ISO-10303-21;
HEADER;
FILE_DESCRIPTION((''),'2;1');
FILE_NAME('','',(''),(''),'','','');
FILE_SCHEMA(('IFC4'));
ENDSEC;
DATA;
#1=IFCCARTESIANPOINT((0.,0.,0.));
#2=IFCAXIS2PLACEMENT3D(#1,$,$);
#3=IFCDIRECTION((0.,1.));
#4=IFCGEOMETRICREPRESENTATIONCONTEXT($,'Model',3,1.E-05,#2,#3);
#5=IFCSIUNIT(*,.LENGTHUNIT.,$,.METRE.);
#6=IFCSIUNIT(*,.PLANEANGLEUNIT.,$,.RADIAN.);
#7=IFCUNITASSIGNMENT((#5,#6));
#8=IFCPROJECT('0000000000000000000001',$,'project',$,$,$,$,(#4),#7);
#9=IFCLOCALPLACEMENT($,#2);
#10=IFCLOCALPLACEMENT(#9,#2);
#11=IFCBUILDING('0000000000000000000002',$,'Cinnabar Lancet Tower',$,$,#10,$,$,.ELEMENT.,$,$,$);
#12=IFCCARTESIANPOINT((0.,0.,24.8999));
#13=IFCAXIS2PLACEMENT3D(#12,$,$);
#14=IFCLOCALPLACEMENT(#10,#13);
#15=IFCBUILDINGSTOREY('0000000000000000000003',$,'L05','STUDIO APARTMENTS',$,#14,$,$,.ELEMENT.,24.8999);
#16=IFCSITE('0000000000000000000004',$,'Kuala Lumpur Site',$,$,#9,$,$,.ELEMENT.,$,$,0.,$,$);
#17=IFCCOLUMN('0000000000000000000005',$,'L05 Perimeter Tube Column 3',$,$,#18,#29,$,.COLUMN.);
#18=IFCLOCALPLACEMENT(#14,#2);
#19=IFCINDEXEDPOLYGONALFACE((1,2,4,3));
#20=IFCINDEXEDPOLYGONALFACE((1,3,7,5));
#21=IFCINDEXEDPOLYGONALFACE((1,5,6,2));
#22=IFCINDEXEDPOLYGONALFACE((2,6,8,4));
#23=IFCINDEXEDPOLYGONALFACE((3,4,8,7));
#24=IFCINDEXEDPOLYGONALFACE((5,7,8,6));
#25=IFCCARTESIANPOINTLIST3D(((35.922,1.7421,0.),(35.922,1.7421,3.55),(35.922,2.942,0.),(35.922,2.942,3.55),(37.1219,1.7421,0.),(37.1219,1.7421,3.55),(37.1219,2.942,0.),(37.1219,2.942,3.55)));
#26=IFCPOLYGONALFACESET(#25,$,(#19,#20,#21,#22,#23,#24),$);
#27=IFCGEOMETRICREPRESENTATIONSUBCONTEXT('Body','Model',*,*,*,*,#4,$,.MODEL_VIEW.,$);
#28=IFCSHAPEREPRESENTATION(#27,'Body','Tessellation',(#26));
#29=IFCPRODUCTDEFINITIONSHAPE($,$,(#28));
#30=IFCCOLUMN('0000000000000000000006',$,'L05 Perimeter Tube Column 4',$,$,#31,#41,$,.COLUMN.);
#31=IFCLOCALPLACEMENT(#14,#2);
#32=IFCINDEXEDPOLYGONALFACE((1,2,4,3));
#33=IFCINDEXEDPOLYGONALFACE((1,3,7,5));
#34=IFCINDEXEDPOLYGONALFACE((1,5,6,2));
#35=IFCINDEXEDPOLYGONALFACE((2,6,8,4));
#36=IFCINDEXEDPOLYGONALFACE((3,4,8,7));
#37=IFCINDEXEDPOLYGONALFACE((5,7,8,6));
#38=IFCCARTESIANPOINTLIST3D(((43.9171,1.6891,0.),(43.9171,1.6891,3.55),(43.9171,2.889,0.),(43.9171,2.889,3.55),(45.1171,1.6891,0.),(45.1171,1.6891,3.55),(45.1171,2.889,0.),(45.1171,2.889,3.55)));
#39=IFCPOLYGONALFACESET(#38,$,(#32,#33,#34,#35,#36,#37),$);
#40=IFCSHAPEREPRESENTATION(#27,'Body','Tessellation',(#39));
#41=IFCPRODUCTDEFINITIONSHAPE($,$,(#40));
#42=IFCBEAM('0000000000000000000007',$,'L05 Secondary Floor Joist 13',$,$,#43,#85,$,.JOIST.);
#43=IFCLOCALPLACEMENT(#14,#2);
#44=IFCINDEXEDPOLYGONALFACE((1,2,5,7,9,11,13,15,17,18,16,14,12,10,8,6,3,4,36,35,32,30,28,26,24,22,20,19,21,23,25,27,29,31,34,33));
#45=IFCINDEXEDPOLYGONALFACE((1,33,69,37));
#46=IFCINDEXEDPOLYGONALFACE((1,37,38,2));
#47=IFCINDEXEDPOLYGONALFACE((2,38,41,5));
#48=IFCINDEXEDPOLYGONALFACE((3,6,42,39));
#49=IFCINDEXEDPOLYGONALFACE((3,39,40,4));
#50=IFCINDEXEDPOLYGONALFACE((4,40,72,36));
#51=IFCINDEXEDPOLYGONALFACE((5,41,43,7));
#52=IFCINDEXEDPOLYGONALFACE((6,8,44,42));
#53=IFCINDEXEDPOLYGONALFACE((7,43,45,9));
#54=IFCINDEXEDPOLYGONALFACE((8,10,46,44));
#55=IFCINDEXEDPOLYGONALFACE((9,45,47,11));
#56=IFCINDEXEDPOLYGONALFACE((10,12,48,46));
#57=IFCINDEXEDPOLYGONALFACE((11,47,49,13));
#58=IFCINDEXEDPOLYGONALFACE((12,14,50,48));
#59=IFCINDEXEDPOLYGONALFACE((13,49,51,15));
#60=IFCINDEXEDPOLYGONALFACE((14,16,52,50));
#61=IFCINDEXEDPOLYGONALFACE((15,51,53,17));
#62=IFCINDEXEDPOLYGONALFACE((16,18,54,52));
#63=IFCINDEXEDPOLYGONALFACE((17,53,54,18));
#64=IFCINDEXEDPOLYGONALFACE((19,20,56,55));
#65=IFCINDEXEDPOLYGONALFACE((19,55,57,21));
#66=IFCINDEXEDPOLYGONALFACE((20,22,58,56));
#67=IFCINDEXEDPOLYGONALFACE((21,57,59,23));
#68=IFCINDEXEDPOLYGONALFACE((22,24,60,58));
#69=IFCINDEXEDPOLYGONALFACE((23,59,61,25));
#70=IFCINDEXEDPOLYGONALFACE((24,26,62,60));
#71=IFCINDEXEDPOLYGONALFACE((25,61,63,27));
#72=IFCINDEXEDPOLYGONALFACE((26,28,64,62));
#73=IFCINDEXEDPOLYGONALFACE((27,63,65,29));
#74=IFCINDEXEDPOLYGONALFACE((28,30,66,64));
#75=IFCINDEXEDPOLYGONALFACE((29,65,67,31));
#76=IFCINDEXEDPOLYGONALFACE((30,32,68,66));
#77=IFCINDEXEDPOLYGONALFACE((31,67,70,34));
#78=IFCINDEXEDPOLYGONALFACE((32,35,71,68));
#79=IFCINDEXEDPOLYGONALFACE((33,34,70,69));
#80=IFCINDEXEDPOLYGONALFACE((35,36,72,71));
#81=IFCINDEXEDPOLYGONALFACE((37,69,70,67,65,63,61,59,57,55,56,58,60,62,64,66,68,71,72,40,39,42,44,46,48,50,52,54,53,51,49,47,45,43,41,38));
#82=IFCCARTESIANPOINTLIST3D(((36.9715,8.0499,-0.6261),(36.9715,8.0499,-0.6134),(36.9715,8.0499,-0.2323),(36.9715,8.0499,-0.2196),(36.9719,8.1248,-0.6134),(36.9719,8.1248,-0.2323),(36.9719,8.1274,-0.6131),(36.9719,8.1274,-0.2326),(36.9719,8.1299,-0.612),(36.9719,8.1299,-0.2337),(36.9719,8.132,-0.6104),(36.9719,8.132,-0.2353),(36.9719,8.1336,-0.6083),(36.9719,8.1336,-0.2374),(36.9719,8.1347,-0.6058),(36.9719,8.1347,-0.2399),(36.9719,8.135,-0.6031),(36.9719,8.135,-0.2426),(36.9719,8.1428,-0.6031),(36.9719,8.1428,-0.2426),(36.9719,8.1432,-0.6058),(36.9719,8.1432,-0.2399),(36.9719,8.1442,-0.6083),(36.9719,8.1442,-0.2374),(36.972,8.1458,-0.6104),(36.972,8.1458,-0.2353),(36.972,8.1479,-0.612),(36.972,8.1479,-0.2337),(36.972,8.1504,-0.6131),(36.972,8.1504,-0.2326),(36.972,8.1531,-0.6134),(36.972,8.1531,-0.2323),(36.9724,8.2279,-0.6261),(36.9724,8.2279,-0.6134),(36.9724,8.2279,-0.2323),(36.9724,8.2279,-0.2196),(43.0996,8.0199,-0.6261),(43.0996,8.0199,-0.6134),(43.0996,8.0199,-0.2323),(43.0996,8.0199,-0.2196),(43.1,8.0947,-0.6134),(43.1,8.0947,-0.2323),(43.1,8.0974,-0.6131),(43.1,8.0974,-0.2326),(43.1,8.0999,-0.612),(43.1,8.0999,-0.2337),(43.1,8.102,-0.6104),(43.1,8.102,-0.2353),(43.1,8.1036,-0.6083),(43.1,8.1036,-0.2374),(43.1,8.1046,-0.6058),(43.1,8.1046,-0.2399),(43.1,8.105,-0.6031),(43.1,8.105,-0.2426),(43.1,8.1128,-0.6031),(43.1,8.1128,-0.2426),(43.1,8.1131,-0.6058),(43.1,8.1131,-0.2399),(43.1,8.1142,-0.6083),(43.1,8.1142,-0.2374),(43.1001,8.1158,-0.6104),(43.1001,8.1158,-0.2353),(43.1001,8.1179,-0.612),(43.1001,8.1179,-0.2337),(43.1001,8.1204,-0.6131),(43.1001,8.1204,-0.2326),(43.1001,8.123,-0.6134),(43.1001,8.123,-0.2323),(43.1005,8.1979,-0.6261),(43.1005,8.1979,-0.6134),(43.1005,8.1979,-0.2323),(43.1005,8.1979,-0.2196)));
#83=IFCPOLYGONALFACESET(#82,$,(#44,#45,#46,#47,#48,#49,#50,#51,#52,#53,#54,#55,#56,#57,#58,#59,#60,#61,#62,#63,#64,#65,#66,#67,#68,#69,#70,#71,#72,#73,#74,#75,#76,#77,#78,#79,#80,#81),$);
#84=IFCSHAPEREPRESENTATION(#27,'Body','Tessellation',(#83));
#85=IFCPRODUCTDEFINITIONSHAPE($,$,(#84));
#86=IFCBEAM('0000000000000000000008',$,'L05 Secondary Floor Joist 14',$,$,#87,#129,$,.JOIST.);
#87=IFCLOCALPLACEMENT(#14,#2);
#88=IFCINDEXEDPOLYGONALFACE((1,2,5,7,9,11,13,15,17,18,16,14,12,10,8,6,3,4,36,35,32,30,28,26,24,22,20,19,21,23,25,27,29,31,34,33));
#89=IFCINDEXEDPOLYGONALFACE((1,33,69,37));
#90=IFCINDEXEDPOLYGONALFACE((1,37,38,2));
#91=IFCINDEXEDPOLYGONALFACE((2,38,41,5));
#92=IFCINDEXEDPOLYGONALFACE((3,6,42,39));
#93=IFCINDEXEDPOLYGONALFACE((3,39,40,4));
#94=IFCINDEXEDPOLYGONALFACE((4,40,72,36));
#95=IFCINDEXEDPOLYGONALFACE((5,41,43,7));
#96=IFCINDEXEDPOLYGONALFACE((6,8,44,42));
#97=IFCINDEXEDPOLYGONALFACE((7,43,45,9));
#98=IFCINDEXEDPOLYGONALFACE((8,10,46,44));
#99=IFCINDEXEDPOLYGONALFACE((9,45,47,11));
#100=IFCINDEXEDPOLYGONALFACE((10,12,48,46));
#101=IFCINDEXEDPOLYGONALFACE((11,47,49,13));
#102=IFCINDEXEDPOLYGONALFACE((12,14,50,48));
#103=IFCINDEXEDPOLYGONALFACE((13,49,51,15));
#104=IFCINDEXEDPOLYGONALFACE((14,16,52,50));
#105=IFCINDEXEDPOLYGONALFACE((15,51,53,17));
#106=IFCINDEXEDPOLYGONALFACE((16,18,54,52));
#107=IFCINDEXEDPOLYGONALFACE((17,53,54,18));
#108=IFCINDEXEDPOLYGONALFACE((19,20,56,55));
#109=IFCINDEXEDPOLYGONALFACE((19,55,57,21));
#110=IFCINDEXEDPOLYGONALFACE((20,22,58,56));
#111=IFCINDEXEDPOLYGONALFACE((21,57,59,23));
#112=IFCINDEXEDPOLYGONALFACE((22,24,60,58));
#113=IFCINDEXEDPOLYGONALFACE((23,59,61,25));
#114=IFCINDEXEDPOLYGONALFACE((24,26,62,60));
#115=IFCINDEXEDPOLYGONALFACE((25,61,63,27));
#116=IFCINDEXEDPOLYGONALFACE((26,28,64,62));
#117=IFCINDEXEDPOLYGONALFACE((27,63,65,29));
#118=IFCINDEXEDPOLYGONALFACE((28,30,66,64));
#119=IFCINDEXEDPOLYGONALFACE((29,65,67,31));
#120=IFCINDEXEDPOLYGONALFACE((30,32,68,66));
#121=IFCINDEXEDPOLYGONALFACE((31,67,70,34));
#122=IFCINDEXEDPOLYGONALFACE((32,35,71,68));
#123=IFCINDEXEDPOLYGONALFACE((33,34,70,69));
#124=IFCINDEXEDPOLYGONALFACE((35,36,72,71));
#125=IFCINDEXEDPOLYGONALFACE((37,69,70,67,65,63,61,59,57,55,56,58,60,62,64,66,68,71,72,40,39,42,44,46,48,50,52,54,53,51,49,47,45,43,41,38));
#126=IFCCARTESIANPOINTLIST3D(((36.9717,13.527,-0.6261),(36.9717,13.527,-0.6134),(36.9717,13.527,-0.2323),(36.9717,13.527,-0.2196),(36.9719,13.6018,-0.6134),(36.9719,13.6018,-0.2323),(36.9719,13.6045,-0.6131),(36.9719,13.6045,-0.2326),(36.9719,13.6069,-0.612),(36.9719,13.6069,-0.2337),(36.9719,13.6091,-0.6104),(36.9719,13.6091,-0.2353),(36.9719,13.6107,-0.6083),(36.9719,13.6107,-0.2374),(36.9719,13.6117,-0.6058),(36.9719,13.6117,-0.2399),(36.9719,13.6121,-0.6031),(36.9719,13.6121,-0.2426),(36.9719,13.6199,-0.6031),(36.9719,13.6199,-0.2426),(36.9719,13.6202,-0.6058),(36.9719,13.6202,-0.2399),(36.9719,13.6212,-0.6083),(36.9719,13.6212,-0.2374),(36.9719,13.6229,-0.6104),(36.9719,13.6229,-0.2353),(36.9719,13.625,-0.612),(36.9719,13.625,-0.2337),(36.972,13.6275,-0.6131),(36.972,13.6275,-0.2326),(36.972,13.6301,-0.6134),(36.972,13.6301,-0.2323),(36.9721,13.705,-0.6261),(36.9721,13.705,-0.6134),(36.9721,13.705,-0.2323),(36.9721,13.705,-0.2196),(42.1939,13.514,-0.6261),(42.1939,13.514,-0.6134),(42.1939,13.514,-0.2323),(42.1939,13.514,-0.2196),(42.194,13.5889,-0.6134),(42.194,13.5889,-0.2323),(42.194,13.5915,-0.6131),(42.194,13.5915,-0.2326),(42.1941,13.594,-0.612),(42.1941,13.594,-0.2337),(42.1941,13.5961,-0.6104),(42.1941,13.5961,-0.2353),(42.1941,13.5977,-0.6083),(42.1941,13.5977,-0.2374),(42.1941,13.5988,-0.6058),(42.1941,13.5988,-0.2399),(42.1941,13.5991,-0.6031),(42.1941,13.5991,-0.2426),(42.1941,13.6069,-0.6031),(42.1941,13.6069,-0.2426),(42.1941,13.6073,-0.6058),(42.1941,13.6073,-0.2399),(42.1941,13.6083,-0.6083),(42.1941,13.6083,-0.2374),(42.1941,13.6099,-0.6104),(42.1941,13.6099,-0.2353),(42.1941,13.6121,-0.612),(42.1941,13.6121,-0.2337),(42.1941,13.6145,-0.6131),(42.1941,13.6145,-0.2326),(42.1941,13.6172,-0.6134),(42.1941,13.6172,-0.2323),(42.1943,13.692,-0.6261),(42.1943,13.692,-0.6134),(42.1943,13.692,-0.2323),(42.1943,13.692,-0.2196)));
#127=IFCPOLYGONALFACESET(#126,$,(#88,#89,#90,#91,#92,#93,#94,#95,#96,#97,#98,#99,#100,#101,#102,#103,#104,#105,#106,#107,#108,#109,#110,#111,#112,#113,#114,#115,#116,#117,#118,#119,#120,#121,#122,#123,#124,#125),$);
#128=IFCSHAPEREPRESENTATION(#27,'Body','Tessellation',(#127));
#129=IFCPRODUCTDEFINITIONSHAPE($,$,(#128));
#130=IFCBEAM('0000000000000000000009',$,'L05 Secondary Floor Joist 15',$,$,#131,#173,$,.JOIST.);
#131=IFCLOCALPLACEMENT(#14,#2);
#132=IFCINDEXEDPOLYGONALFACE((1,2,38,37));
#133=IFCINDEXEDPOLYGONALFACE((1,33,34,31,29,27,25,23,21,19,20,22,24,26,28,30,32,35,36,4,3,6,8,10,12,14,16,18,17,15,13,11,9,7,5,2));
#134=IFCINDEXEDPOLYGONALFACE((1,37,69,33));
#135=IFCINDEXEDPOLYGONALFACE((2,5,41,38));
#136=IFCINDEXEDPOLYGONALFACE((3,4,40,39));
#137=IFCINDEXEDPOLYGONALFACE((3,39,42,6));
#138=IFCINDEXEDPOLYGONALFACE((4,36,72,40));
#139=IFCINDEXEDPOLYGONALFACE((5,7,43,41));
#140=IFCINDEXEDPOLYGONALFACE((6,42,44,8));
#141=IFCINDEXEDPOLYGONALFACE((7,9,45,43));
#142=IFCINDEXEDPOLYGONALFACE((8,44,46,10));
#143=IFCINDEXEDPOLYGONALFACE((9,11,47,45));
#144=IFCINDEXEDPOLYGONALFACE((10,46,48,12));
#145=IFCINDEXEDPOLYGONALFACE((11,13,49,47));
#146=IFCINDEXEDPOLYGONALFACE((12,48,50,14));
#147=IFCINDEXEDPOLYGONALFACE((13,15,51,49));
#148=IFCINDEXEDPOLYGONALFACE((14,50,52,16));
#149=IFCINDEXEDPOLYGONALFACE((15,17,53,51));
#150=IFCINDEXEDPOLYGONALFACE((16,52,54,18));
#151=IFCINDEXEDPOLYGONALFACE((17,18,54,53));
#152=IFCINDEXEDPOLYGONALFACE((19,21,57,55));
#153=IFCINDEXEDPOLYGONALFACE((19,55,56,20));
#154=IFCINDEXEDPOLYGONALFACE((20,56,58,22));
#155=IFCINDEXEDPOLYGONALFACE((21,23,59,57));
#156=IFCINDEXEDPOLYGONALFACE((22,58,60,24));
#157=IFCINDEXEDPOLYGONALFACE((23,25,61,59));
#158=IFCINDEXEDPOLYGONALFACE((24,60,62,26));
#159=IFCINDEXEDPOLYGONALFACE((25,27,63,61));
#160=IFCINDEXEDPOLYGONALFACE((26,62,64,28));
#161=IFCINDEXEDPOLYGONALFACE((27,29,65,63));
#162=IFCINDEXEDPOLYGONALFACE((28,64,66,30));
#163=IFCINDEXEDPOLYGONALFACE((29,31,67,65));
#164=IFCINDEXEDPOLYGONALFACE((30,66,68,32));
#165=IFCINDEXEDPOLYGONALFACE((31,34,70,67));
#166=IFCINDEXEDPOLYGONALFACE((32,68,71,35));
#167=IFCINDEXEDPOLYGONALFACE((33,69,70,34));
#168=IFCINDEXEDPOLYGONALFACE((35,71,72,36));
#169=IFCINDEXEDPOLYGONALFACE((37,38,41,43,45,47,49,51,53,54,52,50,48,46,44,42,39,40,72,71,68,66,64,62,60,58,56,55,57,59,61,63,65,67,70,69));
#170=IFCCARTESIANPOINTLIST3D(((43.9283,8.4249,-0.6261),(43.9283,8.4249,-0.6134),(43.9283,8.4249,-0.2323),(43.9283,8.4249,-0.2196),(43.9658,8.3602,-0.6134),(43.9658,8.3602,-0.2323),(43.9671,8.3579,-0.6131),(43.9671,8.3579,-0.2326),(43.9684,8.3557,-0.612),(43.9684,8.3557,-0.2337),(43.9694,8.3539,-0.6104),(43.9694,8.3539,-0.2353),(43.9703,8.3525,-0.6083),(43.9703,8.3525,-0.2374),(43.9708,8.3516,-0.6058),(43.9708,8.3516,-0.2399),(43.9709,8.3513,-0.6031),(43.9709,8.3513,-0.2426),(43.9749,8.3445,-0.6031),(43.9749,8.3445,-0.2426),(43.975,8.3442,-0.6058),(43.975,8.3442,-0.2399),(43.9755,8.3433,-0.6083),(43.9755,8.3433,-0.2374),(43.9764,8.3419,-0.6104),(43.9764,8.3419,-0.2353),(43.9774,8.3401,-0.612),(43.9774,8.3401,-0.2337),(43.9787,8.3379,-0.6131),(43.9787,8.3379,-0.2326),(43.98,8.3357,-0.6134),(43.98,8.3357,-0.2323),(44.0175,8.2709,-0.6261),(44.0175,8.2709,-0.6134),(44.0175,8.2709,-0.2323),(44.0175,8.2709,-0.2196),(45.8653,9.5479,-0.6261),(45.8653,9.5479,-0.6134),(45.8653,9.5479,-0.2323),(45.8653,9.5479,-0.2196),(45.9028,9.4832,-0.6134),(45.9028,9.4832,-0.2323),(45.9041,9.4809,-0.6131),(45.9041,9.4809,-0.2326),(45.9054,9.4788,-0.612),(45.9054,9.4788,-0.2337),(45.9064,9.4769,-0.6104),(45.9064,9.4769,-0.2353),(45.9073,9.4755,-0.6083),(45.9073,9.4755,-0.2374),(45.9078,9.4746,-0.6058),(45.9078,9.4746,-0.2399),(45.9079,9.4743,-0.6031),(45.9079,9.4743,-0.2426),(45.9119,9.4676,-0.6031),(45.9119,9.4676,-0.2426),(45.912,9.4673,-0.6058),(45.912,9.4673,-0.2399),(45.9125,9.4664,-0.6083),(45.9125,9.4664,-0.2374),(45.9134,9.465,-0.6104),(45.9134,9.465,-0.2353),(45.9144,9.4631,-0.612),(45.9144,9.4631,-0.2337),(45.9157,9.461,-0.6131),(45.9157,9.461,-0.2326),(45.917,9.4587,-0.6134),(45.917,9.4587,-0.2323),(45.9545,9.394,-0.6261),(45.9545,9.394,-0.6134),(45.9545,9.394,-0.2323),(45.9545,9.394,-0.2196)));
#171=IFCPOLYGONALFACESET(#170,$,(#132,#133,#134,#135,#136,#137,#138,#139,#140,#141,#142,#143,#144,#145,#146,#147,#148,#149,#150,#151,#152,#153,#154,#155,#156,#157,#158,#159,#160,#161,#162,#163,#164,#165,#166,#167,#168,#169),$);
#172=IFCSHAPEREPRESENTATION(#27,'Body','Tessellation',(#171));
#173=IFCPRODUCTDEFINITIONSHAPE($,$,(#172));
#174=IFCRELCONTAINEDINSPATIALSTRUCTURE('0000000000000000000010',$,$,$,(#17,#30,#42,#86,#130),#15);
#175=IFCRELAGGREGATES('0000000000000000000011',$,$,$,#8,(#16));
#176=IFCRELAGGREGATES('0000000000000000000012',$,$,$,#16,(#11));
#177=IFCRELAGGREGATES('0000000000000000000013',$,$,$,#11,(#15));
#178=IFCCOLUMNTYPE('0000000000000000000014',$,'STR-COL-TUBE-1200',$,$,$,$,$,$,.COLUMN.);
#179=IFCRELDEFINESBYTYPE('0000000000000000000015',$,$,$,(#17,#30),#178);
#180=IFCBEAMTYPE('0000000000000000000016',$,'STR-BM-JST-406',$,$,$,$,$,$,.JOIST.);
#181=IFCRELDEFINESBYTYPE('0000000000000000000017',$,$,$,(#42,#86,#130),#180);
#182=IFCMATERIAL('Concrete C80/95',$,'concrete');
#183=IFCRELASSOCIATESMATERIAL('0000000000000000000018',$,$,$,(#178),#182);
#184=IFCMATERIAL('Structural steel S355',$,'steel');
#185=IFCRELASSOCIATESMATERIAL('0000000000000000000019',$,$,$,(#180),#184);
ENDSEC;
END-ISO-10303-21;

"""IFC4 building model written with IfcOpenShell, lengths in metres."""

from ifc_helpers import new_model, si_unit, direction, frame, origin, origin_2d, place, context, subcontext, project, spatial, rectangle, i_section, extrude, material, material_profile, profile_set, type_object, element, save


model = new_model("IFC4")

# Units and contexts
model_context = context("Model", 3, precision=1e-05, world=origin(), true_north=direction((0.0, 1.0)))
body_context = subcontext(model_context, "Body", "Model", "MODEL_VIEW")
ifc_project = project(units=[si_unit("LENGTHUNIT", "METRE"), si_unit("PLANEANGLEUNIT", "RADIAN")], contexts=[model_context])

# Site, building, storey
site_placement = place(None, origin())
site = spatial("IfcSite", under=ifc_project, at=site_placement, Name="Kuala Lumpur Site", CompositionType="ELEMENT", RefElevation=0.0)
building_placement = place(site_placement, origin())
building = spatial("IfcBuilding", under=site, at=building_placement, Name="Cinnabar Lancet Tower", CompositionType="ELEMENT")
storey_placement = place(building_placement, frame((0.0, 0.0, 24.8999)))
storey = spatial("IfcBuildingStorey", under=building, at=storey_placement, Name="L05", Description="STUDIO APARTMENTS", CompositionType="ELEMENT", Elevation=24.8999)

# Columns
ifc_material_1 = material(Name="Concrete C80/95", Category="concrete")
ifc_material_profile_1 = material_profile(ifc_material_1, rectangle(XDim=1.2, YDim=1.2, at=origin_2d()), Name="RC-COL 1200x1200")
ifc_profile_set_1 = profile_set([ifc_material_profile_1], Name="Concrete C80/95")
column_type = type_object("IfcColumnType", Name="STR-COL-TUBE-1200", PredefinedType="COLUMN", material=ifc_profile_set_1)
for number, where, z_axis, x_axis, name in (
    (1, (36.522, 2.342, 0.0), (0.0, 0.0, 1.0), (1.0, 0.0, 0.0), "L05 Perimeter Tube Column 3"),
    (2, (44.5171, 2.2891, 0.0), (0.0, 0.0, 1.0), (1.0, 0.0, 0.0), "L05 Perimeter Tube Column 4"),
):
    element("IfcColumn", number, at=place(storey_placement, frame(where, z_axis=z_axis, x_axis=x_axis)), inside=storey, type_object=column_type, Name=name, PredefinedType="COLUMN", context=body_context, shape_type="SweptSolid", body=[
        extrude(rectangle(XDim=1.2, YDim=1.2, at=origin_2d()), origin(), (0.0, 0.0, 1.0), 3.55),
    ])

# Beams
ifc_material_2 = material(Name="Structural steel S355", Category="steel")
ifc_material_profile_2 = material_profile(ifc_material_2, i_section(OverallWidth=0.178, OverallDepth=0.4065, WebThickness=0.0078, FlangeThickness=0.0127, FilletRadius=0.0103, at=origin_2d()), Name="UKB 406x178x60")
ifc_profile_set_2 = profile_set([ifc_material_profile_2], Name="Structural steel S355")
beam_type_1 = type_object("IfcBeamType", Name="STR-BM-JST-406", PredefinedType="JOIST", material=ifc_profile_set_2)
beam_1_placement = place(storey_placement, frame((36.9719, 8.1389, -0.4229), z_axis=(0.999988, -0.0049, 0.0), x_axis=(0.0049, 0.999988, 0.0)))
element("IfcBeam", 3, at=beam_1_placement, inside=storey, type_object=beam_type_1, Name="L05 Secondary Floor Joist 13", PredefinedType="JOIST", context=body_context, shape_type="SweptSolid", body=[
    extrude(i_section(OverallWidth=0.178, OverallDepth=0.4065, WebThickness=0.0078, FlangeThickness=0.0127, FilletRadius=0.0103, at=origin_2d()), origin(), (0.0, 0.0, 1.0), 6.1282),
])
beam_2_placement = place(storey_placement, frame((36.9719, 13.616, -0.4229), z_axis=(0.999997, -0.002478, 0.0), x_axis=(0.002478, 0.999997, 0.0)))
element("IfcBeam", 4, at=beam_2_placement, inside=storey, type_object=beam_type_1, Name="L05 Secondary Floor Joist 14", PredefinedType="JOIST", context=body_context, shape_type="SweptSolid", body=[
    extrude(i_section(OverallWidth=0.178, OverallDepth=0.4065, WebThickness=0.0078, FlangeThickness=0.0127, FilletRadius=0.0103, at=origin_2d()), origin(), (0.0, 0.0, 1.0), 5.2222),
])
beam_3_placement = place(storey_placement, frame((43.9729, 8.3479, -0.4229), z_axis=(0.865113, 0.501578, 0.0), x_axis=(-0.501578, 0.865113, 0.0)))
element("IfcBeam", 5, at=beam_3_placement, inside=storey, type_object=beam_type_1, Name="L05 Secondary Floor Joist 15", PredefinedType="JOIST", context=body_context, shape_type="SweptSolid", body=[
    extrude(i_section(OverallWidth=0.178, OverallDepth=0.4065, WebThickness=0.0078, FlangeThickness=0.0127, FilletRadius=0.0103, at=origin_2d()), origin(), (0.0, 0.0, 1.0), 2.239),
])

save(model, "model.ifc")
